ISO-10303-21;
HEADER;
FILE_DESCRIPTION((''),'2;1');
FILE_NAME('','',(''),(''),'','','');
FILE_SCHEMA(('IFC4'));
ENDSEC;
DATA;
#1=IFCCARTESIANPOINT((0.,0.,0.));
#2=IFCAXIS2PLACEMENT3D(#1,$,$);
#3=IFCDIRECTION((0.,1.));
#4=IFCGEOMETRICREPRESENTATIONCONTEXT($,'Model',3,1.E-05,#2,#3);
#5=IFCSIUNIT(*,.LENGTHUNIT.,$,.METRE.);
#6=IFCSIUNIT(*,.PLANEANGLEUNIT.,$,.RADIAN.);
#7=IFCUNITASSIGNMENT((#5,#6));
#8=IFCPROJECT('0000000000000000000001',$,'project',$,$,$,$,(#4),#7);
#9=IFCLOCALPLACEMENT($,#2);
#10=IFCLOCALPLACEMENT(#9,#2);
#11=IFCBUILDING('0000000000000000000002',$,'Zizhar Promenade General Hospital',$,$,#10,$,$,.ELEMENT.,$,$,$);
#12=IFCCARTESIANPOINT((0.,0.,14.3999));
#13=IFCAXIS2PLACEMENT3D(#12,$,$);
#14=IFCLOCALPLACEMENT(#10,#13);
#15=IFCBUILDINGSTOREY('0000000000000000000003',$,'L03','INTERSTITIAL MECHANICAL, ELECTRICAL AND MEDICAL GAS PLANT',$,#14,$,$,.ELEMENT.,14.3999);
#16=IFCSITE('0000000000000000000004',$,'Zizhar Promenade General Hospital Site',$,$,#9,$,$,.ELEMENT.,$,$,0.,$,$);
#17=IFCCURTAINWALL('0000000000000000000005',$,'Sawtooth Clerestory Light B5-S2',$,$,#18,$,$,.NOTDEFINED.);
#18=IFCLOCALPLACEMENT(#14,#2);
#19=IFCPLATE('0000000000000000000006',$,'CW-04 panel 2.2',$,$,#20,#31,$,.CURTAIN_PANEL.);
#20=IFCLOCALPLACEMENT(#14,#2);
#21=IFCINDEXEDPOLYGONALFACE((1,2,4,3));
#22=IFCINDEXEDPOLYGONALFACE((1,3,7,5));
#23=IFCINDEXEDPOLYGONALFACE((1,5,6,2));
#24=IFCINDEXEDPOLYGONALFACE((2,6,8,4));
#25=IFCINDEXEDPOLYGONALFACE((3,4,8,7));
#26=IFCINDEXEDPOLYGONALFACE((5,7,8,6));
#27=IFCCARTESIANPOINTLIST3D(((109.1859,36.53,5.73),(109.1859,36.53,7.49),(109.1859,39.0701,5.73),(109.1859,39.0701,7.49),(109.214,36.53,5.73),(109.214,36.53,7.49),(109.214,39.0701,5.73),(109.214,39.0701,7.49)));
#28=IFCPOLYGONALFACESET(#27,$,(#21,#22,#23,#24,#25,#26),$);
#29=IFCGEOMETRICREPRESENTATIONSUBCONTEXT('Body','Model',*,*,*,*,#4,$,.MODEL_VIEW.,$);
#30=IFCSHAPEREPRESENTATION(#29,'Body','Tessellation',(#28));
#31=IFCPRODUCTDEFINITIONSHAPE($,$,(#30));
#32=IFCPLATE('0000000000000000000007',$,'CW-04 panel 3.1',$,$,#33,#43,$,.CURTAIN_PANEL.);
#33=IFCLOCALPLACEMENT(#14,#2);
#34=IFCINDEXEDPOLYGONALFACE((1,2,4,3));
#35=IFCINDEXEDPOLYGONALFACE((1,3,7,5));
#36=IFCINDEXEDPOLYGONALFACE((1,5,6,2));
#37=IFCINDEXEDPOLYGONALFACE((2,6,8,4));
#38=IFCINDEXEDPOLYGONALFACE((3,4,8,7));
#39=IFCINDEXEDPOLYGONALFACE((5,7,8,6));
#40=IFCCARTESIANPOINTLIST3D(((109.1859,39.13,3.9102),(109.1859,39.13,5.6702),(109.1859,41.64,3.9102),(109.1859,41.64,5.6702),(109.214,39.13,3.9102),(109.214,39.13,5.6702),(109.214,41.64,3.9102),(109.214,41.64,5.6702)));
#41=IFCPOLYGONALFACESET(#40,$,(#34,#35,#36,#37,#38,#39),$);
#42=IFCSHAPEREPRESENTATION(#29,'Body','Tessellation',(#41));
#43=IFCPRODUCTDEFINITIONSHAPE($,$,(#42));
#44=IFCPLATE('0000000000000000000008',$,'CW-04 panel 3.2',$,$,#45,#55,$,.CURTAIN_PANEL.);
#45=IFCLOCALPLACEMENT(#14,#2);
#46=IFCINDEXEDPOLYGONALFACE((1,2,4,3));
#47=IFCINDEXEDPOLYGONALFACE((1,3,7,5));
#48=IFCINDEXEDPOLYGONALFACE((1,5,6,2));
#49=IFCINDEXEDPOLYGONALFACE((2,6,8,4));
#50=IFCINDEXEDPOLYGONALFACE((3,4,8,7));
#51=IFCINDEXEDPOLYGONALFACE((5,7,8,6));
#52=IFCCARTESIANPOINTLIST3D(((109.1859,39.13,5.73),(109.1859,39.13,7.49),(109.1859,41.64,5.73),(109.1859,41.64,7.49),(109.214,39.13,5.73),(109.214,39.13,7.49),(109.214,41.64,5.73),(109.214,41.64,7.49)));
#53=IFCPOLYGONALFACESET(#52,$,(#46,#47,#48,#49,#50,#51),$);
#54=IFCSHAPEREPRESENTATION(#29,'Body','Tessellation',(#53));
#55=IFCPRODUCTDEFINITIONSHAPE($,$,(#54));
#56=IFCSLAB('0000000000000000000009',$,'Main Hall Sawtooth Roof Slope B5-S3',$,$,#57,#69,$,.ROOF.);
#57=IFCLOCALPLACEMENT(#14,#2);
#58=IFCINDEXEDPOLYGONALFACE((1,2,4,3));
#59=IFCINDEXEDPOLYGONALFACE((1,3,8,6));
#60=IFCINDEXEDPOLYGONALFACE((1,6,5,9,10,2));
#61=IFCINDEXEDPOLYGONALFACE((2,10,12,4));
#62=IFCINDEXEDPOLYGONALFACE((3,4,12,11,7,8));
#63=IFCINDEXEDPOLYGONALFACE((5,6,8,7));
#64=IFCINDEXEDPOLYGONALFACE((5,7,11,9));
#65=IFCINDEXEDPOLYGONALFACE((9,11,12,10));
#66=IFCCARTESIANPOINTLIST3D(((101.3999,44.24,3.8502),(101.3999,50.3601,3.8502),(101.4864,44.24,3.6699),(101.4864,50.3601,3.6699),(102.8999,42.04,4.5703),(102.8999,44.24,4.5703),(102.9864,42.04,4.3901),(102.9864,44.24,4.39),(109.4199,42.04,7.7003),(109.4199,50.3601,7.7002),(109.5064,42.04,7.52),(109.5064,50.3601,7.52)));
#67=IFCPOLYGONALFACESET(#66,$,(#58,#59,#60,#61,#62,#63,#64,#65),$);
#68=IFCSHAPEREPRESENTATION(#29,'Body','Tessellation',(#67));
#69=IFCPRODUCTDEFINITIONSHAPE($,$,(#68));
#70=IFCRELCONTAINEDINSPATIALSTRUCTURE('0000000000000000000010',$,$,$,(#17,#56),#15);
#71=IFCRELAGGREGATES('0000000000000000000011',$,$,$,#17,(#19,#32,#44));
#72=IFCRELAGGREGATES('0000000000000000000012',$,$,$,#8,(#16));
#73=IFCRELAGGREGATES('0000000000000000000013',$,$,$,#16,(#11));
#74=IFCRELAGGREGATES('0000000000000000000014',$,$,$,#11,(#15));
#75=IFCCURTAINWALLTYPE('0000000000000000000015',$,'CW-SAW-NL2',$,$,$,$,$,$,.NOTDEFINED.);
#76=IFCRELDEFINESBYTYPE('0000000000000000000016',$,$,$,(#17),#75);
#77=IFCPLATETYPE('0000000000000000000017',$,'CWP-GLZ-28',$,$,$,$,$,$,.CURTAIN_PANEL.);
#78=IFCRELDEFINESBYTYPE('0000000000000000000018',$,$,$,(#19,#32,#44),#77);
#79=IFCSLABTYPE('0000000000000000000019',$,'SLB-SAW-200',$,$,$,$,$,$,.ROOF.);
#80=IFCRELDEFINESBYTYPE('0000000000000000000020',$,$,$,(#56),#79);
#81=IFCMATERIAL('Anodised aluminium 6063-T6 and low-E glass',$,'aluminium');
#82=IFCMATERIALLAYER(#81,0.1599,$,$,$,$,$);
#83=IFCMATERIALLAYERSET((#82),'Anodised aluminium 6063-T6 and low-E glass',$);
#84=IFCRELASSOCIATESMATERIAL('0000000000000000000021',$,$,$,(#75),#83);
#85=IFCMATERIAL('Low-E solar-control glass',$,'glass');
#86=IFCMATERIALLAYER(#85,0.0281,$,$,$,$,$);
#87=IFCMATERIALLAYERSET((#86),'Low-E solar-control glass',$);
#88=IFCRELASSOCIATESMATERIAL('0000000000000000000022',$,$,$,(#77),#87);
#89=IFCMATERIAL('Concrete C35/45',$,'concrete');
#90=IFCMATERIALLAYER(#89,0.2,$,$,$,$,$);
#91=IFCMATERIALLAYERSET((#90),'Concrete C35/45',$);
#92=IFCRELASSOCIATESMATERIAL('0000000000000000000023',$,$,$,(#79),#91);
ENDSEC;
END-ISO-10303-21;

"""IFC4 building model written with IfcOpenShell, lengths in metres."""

from ifc_helpers import new_model, si_unit, direction, frame, origin, origin_2d, place, context, subcontext, project, spatial, polyline, rectangle, outline, extrude, material, layer, layer_set, type_object, element, aggregate, save


model = new_model("IFC4")

# Units and contexts
model_context = context("Model", 3, precision=1e-05, world=origin(), true_north=direction((0.0, 1.0)))
body_context = subcontext(model_context, "Body", "Model", "MODEL_VIEW")
ifc_project = project(units=[si_unit("LENGTHUNIT", "METRE"), si_unit("PLANEANGLEUNIT", "RADIAN")], contexts=[model_context])

# Site, building, storey
site_placement = place(None, origin())
site = spatial("IfcSite", under=ifc_project, at=site_placement, Name="Zizhar Promenade General Hospital Site", CompositionType="ELEMENT", RefElevation=0.0)
building_placement = place(site_placement, origin())
building = spatial("IfcBuilding", under=site, at=building_placement, Name="Zizhar Promenade General Hospital", CompositionType="ELEMENT")
storey_placement = place(building_placement, frame((0.0, 0.0, 14.3999)))
storey = spatial("IfcBuildingStorey", under=building, at=storey_placement, Name="L03", Description="INTERSTITIAL MECHANICAL, ELECTRICAL AND MEDICAL GAS PLANT", CompositionType="ELEMENT", Elevation=14.3999)

# Shared definitions
ifc_material_1 = material(Name="Anodised aluminium 6063-T6 and low-E glass", Category="aluminium")
ifc_layer_1 = layer(ifc_material_1, 0.1599)
ifc_layer_set_1 = layer_set([ifc_layer_1], Name="Anodised aluminium 6063-T6 and low-E glass")
curtain_wall_type_1 = type_object("IfcCurtainWallType", Name="CW-SAW-NL2", PredefinedType="NOTDEFINED", material=ifc_layer_set_1)

# Curtain wall
curtain_wall_1_placement = place(storey_placement, origin())
curtain_wall_1 = element("IfcCurtainWall", 1, at=curtain_wall_1_placement, inside=storey, type_object=curtain_wall_type_1, Name="Sawtooth Clerestory Light B5-S2", PredefinedType="NOTDEFINED")

# Plates
ifc_material_2 = material(Name="Low-E solar-control glass", Category="glass")
ifc_layer_2 = layer(ifc_material_2, 0.0281)
ifc_layer_set_2 = layer_set([ifc_layer_2], Name="Low-E solar-control glass")
plate_type = type_object("IfcPlateType", Name="CWP-GLZ-28", PredefinedType="CURTAIN_PANEL", material=ifc_layer_set_2)
plate_1_placement = place(storey_placement, frame((109.2, 37.8, 5.73), z_axis=(0.0, 0.0, 1.0), x_axis=(0.0, 1.0, 0.0)))
plate_1 = element("IfcPlate", 2, at=plate_1_placement, type_object=plate_type, Name="CW-04 panel 2.2", PredefinedType="CURTAIN_PANEL", context=body_context, shape_type="SweptSolid", body=[
    extrude(rectangle(XDim=2.54, YDim=0.0281, at=origin_2d()), origin(), (0.0, 0.0, 1.0), 1.76),
])
plate_2_placement = place(storey_placement, frame((109.2, 40.385, 3.9102), z_axis=(0.0, 0.0, 1.0), x_axis=(0.0, 1.0, 0.0)))
plate_2 = element("IfcPlate", 3, at=plate_2_placement, type_object=plate_type, Name="CW-04 panel 3.1", PredefinedType="CURTAIN_PANEL", context=body_context, shape_type="SweptSolid", body=[
    extrude(rectangle(XDim=2.51, YDim=0.0281, at=origin_2d()), origin(), (0.0, 0.0, 1.0), 1.76),
])
plate_3_placement = place(storey_placement, frame((109.2, 40.385, 5.73), z_axis=(0.0, 0.0, 1.0), x_axis=(0.0, 1.0, 0.0)))
plate_3 = element("IfcPlate", 4, at=plate_3_placement, type_object=plate_type, Name="CW-04 panel 3.2", PredefinedType="CURTAIN_PANEL", context=body_context, shape_type="SweptSolid", body=[
    extrude(rectangle(XDim=2.51, YDim=0.0281, at=origin_2d()), origin(), (0.0, 0.0, 1.0), 1.76),
])
aggregate(curtain_wall_1, [plate_1, plate_2, plate_3])

# Slab
ifc_material_3 = material(Name="Concrete C35/45", Category="concrete")
ifc_layer_3 = layer(ifc_material_3, 0.2)
ifc_layer_set_3 = layer_set([ifc_layer_3], Name="Concrete C35/45")
slab_type = type_object("IfcSlabType", Name="SLB-SAW-200", PredefinedType="ROOF", material=ifc_layer_set_3)
slab_placement = place(storey_placement, frame((102.8999, 42.04, 4.5703), z_axis=(-0.432773, 0.000007, 0.901503), x_axis=(0.901503, 0.0, 0.432773)))
element("IfcSlab", 5, at=slab_placement, inside=storey, type_object=slab_type, Name="Main Hall Sawtooth Roof Slope B5-S3", PredefinedType="ROOF", context=body_context, shape_type="SweptSolid", body=[
    extrude(outline(polyline([(0.0, 0.0), (7.2323, 0.0), (7.2323, 8.3201), (-1.6639, 8.3201), (-1.6639, 2.2), (0.0, 2.2), (0.0, 0.0)])), origin(), (0.0, 0.0, -1.0), 0.2),
])

save(model, "model.ifc")
